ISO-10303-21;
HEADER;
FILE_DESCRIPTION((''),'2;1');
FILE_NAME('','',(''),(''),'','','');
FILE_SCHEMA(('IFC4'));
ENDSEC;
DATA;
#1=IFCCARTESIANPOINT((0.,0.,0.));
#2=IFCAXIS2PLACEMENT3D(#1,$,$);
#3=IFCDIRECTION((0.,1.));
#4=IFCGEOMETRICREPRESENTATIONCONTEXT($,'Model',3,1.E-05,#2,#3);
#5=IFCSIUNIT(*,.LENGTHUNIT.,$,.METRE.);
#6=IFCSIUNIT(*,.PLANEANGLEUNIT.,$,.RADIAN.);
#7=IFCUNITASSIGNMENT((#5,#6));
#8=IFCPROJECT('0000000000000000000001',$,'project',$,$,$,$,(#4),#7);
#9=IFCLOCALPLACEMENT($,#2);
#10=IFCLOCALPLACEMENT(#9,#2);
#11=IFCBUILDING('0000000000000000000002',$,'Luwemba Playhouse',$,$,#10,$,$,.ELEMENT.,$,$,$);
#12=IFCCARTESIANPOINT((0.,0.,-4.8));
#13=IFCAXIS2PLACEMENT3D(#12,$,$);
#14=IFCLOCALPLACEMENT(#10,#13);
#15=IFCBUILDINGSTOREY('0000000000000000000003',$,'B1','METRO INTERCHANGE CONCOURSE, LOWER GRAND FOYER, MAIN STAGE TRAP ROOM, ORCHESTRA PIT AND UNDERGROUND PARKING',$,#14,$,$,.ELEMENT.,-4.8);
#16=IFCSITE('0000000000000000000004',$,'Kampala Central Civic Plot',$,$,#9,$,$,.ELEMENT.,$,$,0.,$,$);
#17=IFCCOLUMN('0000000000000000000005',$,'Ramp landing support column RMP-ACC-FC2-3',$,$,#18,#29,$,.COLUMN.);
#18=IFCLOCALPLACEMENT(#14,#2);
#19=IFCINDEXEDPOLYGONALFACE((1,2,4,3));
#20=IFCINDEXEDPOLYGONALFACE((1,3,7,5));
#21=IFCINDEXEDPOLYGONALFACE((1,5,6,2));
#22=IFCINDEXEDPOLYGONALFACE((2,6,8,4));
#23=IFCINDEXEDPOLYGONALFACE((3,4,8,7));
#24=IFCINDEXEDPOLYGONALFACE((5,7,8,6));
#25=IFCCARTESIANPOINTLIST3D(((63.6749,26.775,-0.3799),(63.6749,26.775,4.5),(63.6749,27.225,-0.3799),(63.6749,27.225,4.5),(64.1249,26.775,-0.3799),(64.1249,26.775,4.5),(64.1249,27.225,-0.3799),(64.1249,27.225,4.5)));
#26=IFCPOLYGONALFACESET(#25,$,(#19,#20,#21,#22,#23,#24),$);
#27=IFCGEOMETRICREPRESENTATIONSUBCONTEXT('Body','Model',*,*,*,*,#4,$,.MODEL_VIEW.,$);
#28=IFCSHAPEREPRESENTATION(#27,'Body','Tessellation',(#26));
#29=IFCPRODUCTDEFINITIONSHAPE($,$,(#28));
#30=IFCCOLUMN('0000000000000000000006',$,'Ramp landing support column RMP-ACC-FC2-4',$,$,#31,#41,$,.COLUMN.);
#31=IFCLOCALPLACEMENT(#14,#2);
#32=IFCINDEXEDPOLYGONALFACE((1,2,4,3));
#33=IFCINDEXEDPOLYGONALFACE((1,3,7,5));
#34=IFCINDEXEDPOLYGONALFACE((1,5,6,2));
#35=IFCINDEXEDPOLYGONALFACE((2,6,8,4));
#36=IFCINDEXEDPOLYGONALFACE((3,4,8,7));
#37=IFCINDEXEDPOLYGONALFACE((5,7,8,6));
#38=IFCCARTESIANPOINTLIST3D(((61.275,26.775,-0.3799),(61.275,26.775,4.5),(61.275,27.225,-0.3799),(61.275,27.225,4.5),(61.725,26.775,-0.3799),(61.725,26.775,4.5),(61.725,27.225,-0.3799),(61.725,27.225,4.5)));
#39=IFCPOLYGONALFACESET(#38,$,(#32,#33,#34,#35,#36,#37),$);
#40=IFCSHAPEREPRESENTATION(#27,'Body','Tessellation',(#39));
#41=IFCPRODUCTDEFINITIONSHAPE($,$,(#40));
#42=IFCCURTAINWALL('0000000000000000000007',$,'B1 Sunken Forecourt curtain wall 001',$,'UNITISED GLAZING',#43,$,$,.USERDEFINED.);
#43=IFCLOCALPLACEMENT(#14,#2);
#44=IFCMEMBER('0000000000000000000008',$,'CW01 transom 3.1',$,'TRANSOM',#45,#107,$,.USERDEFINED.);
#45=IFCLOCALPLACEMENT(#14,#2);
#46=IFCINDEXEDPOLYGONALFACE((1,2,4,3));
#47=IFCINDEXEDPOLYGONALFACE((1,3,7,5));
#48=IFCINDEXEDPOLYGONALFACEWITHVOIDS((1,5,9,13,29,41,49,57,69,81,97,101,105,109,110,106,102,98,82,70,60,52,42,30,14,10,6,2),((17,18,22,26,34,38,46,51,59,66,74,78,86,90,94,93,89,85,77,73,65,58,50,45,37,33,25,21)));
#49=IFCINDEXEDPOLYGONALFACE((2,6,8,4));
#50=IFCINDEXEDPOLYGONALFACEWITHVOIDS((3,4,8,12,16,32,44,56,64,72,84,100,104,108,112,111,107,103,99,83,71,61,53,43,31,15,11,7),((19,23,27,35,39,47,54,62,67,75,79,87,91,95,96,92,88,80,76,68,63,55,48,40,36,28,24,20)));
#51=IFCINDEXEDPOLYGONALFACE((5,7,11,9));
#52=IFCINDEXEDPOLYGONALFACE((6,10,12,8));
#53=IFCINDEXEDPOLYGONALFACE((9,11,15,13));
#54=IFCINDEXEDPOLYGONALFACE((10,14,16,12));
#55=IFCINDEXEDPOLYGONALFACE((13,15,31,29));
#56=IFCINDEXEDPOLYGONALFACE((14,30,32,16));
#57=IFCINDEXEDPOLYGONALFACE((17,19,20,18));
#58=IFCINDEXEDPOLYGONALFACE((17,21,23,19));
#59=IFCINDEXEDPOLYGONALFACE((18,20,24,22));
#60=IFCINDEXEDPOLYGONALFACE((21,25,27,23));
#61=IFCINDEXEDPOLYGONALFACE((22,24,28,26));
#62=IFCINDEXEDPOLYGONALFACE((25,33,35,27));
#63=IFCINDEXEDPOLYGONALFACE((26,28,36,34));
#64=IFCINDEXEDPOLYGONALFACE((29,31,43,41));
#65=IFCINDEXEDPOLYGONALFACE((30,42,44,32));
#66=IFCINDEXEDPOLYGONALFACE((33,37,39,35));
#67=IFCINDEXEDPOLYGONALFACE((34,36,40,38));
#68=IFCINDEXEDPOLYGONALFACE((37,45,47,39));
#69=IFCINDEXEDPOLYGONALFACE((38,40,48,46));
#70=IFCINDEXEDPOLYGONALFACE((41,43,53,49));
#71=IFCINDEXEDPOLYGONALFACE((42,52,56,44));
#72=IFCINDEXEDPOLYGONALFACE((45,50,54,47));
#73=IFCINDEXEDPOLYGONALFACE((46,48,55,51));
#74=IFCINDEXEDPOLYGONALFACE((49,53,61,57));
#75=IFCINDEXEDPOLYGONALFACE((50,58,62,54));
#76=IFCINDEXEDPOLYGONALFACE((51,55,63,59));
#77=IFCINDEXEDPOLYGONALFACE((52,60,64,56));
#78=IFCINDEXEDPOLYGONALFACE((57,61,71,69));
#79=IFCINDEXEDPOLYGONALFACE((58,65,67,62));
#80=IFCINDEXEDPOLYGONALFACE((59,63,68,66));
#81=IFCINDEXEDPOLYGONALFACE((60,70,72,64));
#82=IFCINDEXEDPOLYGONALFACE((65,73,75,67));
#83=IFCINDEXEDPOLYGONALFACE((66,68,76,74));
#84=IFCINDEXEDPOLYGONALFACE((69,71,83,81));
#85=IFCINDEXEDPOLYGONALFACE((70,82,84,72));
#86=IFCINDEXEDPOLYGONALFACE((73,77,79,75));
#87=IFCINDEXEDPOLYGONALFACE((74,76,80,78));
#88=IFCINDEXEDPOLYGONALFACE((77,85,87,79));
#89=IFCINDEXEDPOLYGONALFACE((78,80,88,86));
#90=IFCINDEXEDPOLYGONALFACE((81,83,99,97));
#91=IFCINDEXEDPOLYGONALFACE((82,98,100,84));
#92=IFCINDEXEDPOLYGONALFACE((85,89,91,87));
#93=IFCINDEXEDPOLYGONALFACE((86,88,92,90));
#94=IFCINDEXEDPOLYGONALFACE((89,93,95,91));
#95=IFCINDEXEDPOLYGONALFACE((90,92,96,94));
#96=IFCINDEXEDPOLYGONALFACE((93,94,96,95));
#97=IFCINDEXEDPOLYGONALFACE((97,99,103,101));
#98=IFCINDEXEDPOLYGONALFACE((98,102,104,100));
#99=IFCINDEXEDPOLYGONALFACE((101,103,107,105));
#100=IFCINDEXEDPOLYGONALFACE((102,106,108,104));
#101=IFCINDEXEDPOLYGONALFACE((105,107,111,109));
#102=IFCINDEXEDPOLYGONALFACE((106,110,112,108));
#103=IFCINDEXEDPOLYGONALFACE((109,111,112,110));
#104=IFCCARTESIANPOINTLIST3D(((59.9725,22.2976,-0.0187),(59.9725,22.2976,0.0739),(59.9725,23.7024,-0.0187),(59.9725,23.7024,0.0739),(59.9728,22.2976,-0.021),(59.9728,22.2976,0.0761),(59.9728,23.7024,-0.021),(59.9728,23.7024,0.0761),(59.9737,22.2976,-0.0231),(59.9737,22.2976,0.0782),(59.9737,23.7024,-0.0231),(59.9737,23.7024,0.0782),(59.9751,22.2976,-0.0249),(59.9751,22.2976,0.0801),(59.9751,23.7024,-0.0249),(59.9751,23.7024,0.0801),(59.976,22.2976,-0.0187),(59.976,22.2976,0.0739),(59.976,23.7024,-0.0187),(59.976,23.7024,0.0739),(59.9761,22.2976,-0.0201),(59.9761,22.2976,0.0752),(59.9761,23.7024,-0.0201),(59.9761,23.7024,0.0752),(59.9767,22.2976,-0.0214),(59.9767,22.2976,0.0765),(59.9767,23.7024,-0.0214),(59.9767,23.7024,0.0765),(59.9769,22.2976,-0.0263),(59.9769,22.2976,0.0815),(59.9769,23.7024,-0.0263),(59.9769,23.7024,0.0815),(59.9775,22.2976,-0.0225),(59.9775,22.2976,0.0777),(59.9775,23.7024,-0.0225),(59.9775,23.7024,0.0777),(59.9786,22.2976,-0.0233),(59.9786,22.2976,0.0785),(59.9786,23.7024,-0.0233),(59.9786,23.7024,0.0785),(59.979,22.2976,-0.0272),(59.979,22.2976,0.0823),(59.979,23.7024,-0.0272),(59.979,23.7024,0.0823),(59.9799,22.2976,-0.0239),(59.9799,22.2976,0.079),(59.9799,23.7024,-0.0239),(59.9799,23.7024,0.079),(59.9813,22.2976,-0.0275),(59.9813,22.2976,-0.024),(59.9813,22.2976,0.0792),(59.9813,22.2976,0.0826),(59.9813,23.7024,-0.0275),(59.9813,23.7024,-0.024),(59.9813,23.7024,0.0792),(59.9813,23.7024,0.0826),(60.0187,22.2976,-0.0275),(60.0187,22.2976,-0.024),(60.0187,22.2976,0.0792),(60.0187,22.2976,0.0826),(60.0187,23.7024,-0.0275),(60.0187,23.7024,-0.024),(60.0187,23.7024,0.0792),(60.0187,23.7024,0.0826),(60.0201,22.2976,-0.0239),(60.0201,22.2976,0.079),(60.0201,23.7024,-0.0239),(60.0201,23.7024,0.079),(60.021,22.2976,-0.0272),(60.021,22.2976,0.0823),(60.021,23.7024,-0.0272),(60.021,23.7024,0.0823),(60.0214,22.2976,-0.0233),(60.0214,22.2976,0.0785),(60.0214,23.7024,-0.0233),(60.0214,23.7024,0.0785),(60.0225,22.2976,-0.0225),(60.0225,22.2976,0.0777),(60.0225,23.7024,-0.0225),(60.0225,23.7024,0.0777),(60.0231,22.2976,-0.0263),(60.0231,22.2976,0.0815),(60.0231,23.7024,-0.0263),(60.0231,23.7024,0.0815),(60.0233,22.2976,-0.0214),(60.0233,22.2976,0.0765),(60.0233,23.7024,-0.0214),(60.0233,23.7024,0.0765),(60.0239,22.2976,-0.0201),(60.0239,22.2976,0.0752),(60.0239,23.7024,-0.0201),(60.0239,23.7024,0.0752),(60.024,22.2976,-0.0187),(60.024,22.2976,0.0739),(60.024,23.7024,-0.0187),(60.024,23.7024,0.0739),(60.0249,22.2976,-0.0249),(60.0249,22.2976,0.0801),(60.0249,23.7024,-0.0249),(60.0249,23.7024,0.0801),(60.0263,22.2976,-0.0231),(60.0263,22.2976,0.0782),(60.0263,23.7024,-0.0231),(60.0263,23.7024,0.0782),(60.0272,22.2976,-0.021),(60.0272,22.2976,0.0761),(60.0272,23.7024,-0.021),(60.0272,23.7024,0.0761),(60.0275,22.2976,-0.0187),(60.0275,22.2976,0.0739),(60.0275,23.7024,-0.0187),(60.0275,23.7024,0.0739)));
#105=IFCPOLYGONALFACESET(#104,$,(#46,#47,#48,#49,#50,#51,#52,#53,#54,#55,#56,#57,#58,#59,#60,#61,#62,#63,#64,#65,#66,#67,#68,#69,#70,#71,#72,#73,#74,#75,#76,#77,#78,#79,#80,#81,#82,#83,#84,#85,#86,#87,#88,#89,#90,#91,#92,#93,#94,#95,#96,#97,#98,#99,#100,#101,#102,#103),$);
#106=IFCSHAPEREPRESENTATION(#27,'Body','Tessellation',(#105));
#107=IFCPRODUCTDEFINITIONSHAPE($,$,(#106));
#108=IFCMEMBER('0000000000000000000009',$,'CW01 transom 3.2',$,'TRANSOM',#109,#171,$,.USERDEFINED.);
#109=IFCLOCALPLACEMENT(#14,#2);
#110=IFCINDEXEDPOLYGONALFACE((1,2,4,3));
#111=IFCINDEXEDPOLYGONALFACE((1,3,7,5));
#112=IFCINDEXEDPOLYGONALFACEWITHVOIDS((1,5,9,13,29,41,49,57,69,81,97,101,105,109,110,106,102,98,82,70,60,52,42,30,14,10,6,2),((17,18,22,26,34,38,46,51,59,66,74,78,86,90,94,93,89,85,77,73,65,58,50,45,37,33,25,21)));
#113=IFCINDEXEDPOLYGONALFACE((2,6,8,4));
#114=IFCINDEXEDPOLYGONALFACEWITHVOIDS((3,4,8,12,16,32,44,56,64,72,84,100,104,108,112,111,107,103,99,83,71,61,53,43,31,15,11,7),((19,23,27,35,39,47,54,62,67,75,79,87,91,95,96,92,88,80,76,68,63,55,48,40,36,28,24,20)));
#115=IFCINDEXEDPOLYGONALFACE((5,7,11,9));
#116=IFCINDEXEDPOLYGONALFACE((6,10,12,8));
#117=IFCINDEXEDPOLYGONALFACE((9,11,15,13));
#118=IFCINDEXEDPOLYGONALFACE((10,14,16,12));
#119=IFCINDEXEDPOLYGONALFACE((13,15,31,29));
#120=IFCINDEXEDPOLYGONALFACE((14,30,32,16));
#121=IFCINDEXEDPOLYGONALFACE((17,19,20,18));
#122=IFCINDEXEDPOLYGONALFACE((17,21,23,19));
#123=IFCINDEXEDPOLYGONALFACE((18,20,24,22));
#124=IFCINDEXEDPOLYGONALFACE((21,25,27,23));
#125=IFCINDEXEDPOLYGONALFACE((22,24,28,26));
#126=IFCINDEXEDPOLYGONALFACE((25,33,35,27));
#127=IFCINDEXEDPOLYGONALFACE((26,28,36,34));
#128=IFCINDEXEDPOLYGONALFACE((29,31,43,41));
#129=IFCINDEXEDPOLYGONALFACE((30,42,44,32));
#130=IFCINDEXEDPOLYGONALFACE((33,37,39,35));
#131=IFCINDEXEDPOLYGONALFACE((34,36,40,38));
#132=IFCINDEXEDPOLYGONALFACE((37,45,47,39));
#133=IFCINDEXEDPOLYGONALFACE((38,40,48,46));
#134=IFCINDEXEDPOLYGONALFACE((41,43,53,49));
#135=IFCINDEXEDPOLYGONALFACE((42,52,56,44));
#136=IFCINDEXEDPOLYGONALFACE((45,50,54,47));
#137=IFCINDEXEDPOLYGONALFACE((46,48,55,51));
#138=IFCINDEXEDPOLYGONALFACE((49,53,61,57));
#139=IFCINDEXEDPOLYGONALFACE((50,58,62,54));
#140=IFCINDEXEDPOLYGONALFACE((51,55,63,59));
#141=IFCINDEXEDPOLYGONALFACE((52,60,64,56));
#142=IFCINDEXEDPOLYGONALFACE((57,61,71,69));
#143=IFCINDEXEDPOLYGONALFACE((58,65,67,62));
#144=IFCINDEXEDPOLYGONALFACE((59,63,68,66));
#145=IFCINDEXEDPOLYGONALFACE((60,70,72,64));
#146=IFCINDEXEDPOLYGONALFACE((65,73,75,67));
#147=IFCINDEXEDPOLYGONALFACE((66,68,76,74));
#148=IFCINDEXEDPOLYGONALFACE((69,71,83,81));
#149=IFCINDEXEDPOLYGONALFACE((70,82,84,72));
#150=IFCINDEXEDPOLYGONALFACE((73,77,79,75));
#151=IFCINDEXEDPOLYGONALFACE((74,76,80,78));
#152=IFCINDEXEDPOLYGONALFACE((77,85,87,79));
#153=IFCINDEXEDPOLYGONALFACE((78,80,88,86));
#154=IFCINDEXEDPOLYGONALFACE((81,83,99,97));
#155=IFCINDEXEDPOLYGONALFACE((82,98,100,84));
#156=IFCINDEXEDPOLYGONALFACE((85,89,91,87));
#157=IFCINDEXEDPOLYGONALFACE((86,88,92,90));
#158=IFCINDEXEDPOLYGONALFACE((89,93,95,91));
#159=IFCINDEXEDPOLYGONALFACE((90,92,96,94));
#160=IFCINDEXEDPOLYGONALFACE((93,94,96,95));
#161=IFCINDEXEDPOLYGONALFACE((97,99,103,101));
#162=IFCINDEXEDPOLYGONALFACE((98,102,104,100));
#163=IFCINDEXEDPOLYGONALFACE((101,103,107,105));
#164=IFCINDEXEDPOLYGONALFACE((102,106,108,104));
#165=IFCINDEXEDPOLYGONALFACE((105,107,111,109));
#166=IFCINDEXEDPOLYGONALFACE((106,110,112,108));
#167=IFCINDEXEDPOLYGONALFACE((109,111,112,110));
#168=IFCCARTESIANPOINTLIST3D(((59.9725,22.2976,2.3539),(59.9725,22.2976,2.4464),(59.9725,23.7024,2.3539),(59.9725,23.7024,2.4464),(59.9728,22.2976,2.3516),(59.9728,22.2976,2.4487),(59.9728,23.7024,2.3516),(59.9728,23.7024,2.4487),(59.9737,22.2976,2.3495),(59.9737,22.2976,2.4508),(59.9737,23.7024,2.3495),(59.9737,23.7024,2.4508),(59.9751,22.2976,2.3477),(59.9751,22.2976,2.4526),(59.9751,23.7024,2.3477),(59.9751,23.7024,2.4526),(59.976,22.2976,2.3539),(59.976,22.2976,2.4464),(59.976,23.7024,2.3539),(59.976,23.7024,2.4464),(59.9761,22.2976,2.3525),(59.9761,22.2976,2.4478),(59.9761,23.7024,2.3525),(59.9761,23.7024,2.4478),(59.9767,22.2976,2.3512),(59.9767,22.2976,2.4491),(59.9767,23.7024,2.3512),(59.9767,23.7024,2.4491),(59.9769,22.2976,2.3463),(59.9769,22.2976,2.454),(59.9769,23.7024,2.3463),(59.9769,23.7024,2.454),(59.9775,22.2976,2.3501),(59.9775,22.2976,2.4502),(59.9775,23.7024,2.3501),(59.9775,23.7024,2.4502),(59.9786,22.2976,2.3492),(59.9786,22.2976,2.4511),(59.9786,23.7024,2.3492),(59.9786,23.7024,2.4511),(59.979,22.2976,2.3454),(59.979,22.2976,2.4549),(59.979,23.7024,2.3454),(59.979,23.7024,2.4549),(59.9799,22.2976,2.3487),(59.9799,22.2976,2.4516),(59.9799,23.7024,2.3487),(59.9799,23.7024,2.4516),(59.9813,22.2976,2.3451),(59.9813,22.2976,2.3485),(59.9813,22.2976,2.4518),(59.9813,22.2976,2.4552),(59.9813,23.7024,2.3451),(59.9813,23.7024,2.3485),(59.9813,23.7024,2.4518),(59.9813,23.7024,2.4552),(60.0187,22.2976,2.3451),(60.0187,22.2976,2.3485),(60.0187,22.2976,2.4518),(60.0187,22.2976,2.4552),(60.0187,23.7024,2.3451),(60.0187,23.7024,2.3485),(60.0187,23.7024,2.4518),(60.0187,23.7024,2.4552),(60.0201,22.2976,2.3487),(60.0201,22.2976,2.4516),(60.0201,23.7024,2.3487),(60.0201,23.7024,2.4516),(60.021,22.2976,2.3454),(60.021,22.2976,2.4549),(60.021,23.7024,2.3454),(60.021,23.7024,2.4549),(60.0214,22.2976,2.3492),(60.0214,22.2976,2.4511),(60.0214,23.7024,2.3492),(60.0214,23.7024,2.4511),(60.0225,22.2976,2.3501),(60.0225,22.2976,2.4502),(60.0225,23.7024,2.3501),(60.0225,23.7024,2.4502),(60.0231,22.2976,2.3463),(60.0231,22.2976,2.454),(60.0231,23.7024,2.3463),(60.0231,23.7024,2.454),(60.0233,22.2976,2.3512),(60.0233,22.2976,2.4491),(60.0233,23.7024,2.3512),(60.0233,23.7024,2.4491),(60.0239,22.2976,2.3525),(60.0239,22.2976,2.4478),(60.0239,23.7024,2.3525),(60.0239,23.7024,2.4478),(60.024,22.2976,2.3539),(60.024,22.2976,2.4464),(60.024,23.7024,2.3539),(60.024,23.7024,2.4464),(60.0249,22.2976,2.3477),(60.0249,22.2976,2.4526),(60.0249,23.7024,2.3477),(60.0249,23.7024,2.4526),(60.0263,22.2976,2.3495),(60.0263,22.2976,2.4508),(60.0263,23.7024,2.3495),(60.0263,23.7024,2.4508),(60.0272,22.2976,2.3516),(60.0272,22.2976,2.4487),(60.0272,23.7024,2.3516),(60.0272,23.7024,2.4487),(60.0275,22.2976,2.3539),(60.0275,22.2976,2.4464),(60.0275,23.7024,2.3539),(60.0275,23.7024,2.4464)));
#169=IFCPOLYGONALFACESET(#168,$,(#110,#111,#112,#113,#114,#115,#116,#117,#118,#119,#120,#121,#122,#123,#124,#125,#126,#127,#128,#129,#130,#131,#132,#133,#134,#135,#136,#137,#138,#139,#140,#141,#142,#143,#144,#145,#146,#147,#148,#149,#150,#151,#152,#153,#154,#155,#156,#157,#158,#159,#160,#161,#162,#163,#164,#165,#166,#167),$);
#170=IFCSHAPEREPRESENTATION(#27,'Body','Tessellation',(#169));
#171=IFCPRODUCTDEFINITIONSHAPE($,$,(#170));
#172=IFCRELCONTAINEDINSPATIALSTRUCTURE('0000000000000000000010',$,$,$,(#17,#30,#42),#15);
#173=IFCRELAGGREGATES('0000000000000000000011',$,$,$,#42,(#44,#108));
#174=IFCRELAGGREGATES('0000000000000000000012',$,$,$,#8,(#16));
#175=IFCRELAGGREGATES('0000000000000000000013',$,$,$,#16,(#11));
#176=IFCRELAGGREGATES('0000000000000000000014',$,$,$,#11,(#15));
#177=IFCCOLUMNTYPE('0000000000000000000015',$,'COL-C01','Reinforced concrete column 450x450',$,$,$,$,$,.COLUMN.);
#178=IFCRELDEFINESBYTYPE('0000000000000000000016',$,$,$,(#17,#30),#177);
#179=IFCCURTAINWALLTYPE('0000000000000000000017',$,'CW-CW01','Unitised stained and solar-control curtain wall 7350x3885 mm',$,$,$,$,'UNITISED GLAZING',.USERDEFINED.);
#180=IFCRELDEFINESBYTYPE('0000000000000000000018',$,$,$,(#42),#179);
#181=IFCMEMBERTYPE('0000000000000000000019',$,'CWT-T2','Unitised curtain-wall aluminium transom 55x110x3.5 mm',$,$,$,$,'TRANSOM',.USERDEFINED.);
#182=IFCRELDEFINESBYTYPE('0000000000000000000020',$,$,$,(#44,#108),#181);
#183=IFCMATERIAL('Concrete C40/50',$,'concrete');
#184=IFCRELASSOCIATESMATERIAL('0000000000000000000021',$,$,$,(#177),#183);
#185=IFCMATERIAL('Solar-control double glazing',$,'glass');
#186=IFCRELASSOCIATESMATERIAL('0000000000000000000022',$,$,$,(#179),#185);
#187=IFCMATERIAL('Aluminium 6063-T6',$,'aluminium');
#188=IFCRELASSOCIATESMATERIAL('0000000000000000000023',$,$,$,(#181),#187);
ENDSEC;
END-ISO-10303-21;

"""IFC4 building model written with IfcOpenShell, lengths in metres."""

from ifc_helpers import new_model, si_unit, direction, frame, origin, origin_2d, place, context, subcontext, project, spatial, rectangle, hollow_rectangle, extrude, material, material_profile, profile_set, type_object, element, aggregate, save


model = new_model("IFC4")

# Units and contexts
model_context = context("Model", 3, precision=1e-05, world=origin(), true_north=direction((0.0, 1.0)))
body_context = subcontext(model_context, "Body", "Model", "MODEL_VIEW")
ifc_project = project(units=[si_unit("LENGTHUNIT", "METRE"), si_unit("PLANEANGLEUNIT", "RADIAN")], contexts=[model_context])

# Site, building, storey
site_placement = place(None, origin())
site = spatial("IfcSite", under=ifc_project, at=site_placement, Name="Kampala Central Civic Plot", CompositionType="ELEMENT", RefElevation=0.0)
building_placement = place(site_placement, origin())
building = spatial("IfcBuilding", under=site, at=building_placement, Name="Luwemba Playhouse", CompositionType="ELEMENT")
storey_placement = place(building_placement, frame((0.0, 0.0, -4.8)))
storey = spatial("IfcBuildingStorey", under=building, at=storey_placement, Name="B1", Description="METRO INTERCHANGE CONCOURSE, LOWER GRAND FOYER, MAIN STAGE TRAP ROOM, ORCHESTRA PIT AND UNDERGROUND PARKING", CompositionType="ELEMENT", Elevation=-4.8)

# Columns
ifc_material_1 = material(Name="Concrete C40/50", Category="concrete")
ifc_material_profile_1 = material_profile(ifc_material_1, rectangle(XDim=0.45, YDim=0.45, at=origin_2d()))
ifc_profile_set_1 = profile_set([ifc_material_profile_1], Name="Concrete C40/50")
column_type = type_object("IfcColumnType", Name="COL-C01", Description="Reinforced concrete column 450x450", PredefinedType="COLUMN", material=ifc_profile_set_1)
for number, where, z_axis, x_axis, name in (
    (1, (63.8999, 27.0, -0.3799), (0.0, 0.0, 1.0), (1.0, 0.0, 0.0), "Ramp landing support column RMP-ACC-FC2-3"),
    (2, (61.5, 27.0, -0.3799), (0.0, 0.0, 1.0), (1.0, 0.0, 0.0), "Ramp landing support column RMP-ACC-FC2-4"),
):
    element("IfcColumn", number, at=place(storey_placement, frame(where, z_axis=z_axis, x_axis=x_axis)), inside=storey, type_object=column_type, Name=name, PredefinedType="COLUMN", context=body_context, shape_type="SweptSolid", body=[
        extrude(rectangle(XDim=0.45, YDim=0.45, at=origin_2d()), origin(), (0.0, 0.0, 1.0), 4.8799),
    ])

# Curtain wall, members
ifc_material_2 = material(Name="Solar-control double glazing", Category="glass")
curtain_wall_type = type_object("IfcCurtainWallType", Name="CW-CW01", Description="Unitised stained and solar-control curtain wall 7350x3885 mm", ElementType="UNITISED GLAZING", PredefinedType="USERDEFINED", material=ifc_material_2)
curtain_wall_placement = place(storey_placement, origin())
curtain_wall = element("IfcCurtainWall", 3, at=curtain_wall_placement, inside=storey, type_object=curtain_wall_type, Name="B1 Sunken Forecourt curtain wall 001", ObjectType="UNITISED GLAZING", PredefinedType="USERDEFINED")
ifc_material_3 = material(Name="Aluminium 6063-T6", Category="aluminium")
ifc_material_profile_2 = material_profile(ifc_material_3, hollow_rectangle(XDim=0.0549, YDim=0.1101, WallThickness=0.0034, InnerFilletRadius=0.0054, OuterFilletRadius=0.0088, at=origin_2d()))
ifc_profile_set_2 = profile_set([ifc_material_profile_2], Name="Aluminium 6063-T6")
member_type = type_object("IfcMemberType", Name="CWT-T2", Description="Unitised curtain-wall aluminium transom 55x110x3.5 mm", ElementType="TRANSOM", PredefinedType="USERDEFINED", material=ifc_profile_set_2)
member_1_placement = place(storey_placement, frame((60.0, 23.7024, 0.0276), z_axis=(0.0, -1.0, 0.0), x_axis=(1.0, 0.0, 0.0)))
member_1 = element("IfcMember", 4, at=member_1_placement, type_object=member_type, Name="CW01 transom 3.1", ObjectType="TRANSOM", PredefinedType="USERDEFINED", context=body_context, shape_type="SweptSolid", body=[
    extrude(hollow_rectangle(XDim=0.0549, YDim=0.1101, WallThickness=0.0034, InnerFilletRadius=0.0054, OuterFilletRadius=0.0088, at=origin_2d()), origin(), (0.0, 0.0, 1.0), 1.4048),
])
member_2_placement = place(storey_placement, frame((60.0, 23.7024, 2.4001), z_axis=(0.0, -1.0, 0.0), x_axis=(1.0, 0.0, 0.0)))
member_2 = element("IfcMember", 5, at=member_2_placement, type_object=member_type, Name="CW01 transom 3.2", ObjectType="TRANSOM", PredefinedType="USERDEFINED", context=body_context, shape_type="SweptSolid", body=[
    extrude(hollow_rectangle(XDim=0.0549, YDim=0.1101, WallThickness=0.0034, InnerFilletRadius=0.0054, OuterFilletRadius=0.0088, at=origin_2d()), origin(), (0.0, 0.0, 1.0), 1.4048),
])
aggregate(curtain_wall, [member_1, member_2])

save(model, "model.ifc")
